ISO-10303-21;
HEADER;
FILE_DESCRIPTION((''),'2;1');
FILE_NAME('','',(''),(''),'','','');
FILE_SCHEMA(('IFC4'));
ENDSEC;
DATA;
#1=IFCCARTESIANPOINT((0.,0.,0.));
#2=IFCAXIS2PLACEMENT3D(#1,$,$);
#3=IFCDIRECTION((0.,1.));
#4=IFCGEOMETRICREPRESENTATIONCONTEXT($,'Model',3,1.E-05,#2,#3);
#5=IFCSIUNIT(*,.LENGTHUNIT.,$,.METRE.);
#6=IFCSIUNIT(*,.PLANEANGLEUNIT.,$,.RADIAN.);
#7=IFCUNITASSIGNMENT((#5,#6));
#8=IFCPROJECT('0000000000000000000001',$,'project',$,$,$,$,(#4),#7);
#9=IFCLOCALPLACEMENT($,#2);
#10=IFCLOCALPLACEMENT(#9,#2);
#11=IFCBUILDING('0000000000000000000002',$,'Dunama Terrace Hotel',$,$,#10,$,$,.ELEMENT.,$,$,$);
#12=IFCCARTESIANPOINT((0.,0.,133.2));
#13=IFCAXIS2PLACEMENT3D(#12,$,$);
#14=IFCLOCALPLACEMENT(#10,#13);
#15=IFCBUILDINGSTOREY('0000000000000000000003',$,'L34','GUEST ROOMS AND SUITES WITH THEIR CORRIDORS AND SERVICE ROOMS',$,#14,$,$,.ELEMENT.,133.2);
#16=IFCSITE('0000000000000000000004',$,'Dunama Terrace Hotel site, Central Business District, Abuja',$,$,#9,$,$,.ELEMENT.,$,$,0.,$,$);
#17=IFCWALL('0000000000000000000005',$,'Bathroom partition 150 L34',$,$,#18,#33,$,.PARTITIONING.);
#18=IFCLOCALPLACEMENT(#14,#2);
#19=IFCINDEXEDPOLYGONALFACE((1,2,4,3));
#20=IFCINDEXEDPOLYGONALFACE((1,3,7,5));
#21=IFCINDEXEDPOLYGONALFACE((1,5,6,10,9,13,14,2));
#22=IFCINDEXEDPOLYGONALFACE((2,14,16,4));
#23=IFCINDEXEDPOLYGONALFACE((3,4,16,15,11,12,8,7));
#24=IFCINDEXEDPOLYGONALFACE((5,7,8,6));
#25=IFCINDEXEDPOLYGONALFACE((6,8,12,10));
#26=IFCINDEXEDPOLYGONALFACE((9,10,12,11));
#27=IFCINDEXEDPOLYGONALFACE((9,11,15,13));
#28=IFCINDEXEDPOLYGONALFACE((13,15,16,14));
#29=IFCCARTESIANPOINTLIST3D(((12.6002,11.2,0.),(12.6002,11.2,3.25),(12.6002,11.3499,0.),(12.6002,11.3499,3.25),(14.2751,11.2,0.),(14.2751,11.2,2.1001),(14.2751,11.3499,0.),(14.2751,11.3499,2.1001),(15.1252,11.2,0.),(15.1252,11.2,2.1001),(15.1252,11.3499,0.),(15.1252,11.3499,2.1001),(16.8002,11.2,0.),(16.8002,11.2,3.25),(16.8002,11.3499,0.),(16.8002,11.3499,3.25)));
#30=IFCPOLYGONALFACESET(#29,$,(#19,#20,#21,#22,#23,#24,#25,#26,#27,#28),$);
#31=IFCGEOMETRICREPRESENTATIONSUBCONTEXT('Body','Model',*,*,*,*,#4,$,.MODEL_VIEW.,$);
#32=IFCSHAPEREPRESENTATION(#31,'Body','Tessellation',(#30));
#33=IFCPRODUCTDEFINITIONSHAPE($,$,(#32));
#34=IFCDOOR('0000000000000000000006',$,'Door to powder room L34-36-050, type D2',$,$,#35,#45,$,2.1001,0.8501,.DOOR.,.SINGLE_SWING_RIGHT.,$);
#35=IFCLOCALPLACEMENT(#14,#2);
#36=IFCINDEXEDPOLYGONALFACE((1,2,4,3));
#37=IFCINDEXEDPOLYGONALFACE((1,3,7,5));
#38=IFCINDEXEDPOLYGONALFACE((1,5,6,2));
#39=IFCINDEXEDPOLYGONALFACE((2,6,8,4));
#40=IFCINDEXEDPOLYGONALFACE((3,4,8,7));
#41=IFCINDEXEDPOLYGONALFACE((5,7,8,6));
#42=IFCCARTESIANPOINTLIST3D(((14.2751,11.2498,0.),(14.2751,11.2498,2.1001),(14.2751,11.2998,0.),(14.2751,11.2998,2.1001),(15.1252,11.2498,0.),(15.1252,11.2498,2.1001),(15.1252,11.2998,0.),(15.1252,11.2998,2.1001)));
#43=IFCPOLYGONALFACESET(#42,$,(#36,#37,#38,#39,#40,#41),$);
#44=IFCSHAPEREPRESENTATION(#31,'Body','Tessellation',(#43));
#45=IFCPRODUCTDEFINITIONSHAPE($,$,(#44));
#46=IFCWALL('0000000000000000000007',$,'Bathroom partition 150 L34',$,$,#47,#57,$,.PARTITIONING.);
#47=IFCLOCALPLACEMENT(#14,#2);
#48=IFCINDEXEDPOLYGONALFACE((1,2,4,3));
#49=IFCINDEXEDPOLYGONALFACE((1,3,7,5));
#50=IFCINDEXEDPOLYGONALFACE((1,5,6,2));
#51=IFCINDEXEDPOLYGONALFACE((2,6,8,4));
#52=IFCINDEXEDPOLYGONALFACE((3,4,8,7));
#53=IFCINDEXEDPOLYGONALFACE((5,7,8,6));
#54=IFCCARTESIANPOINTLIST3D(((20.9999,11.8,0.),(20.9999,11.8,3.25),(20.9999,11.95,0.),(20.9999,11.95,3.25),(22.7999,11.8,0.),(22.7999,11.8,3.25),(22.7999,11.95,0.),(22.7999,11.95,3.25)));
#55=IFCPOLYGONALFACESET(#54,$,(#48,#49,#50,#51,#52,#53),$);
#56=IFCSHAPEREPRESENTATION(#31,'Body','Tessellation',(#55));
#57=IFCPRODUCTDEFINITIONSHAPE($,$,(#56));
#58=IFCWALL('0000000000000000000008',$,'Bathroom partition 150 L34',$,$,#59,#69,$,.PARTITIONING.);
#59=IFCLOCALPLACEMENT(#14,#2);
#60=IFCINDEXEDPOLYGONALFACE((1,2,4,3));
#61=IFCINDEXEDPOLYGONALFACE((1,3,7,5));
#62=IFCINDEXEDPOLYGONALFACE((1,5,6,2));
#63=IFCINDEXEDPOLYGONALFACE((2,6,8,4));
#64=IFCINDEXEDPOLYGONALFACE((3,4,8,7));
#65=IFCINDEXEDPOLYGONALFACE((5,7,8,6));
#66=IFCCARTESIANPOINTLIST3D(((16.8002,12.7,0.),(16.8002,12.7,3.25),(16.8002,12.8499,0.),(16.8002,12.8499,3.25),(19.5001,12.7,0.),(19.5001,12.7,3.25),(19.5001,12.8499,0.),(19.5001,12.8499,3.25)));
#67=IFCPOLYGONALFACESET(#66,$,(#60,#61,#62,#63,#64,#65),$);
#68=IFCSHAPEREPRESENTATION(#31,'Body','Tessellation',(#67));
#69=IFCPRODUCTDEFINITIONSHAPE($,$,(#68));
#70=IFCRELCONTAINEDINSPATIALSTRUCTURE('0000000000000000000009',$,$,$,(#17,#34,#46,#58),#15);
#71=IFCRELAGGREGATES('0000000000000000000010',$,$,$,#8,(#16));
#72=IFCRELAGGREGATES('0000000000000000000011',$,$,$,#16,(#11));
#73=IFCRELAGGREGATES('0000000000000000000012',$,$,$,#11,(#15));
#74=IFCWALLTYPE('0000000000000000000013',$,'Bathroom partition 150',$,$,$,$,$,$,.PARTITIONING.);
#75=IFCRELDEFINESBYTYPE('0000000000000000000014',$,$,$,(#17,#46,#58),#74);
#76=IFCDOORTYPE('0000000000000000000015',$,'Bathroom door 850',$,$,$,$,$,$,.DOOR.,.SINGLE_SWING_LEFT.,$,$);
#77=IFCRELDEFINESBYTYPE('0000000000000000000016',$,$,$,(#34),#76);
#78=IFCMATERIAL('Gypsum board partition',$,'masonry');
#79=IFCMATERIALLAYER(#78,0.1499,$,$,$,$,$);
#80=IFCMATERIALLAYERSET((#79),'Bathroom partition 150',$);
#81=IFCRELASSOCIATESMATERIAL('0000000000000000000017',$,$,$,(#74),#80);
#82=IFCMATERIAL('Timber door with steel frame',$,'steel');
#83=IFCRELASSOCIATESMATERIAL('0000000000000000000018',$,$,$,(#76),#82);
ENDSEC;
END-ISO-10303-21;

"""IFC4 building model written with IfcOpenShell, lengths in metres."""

from ifc_helpers import new_model, si_unit, direction, frame, frame_2d, origin, place, context, subcontext, project, spatial, rectangle, extrude, material, layer, layer_set, type_object, element, fill, save


model = new_model("IFC4")

# Units and contexts
model_context = context("Model", 3, precision=1e-05, world=origin(), true_north=direction((0.0, 1.0)))
body_context = subcontext(model_context, "Body", "Model", "MODEL_VIEW")
ifc_project = project(units=[si_unit("LENGTHUNIT", "METRE"), si_unit("PLANEANGLEUNIT", "RADIAN")], contexts=[model_context])

# Site, building, storey
site_placement = place(None, origin())
site = spatial("IfcSite", under=ifc_project, at=site_placement, Name="Dunama Terrace Hotel site, Central Business District, Abuja", CompositionType="ELEMENT", RefElevation=0.0)
building_placement = place(site_placement, origin())
building = spatial("IfcBuilding", under=site, at=building_placement, Name="Dunama Terrace Hotel", CompositionType="ELEMENT")
storey_placement = place(building_placement, frame((0.0, 0.0, 133.2)))
storey = spatial("IfcBuildingStorey", under=building, at=storey_placement, Name="L34", Description="GUEST ROOMS AND SUITES WITH THEIR CORRIDORS AND SERVICE ROOMS", CompositionType="ELEMENT", Elevation=133.2)

# Shared definitions
ifc_material_1 = material(Name="Gypsum board partition", Category="masonry")
ifc_layer = layer(ifc_material_1, 0.1499)
ifc_layer_set = layer_set([ifc_layer], Name="Bathroom partition 150")
wall_type = type_object("IfcWallType", Name="Bathroom partition 150", PredefinedType="PARTITIONING", material=ifc_layer_set)

# Shared definitions
ifc_material_2 = material(Name="Timber door with steel frame", Category="steel")
door_type_1 = type_object("IfcDoorType", Name="Bathroom door 850", OperationType="SINGLE_SWING_LEFT", PredefinedType="DOOR", material=ifc_material_2)

# Wall, opening, door
wall_1_placement = place(storey_placement, frame((12.6001, 11.2749, 0.0), z_axis=(0.0, 0.0, 1.0), x_axis=(1.0, 0.0, 0.0)))
wall_1 = element("IfcWall", 1, at=wall_1_placement, inside=storey, type_object=wall_type, Name="Bathroom partition 150 L34", PredefinedType="PARTITIONING", context=body_context, shape_type="SweptSolid", body=[
    extrude(rectangle(XDim=4.2, YDim=0.1499, at=frame_2d((2.1001, 0.0))), origin(), (0.0, 0.0, 1.0), 3.25),
])
opening_1_placement = place(wall_1_placement, frame((1.675, 0.0, 0.0)))
opening_1 = element("IfcOpeningElement", 2, at=opening_1_placement, cuts=wall_1, PredefinedType="OPENING", context=body_context, shape_type="SweptSolid", body=[
    extrude(rectangle(XDim=0.8501, YDim=2.1001, at=frame_2d((0.425, 1.05))), frame((0.0, 0.085, 0.0), z_axis=(0.0, -1.0, 0.0), x_axis=(1.0, 0.0, 0.0)), (0.0, 0.0, 1.0), 0.1699),
])
door_1_placement = place(opening_1_placement, origin())
door_1 = element("IfcDoor", 3, at=door_1_placement, inside=storey, type_object=door_type_1, Name="Door to powder room L34-36-050, type D2", OperationType="SINGLE_SWING_RIGHT", OverallHeight=2.1001, OverallWidth=0.8501, PredefinedType="DOOR", context=body_context, shape_type="SweptSolid", body=[
    extrude(rectangle(XDim=0.8501, YDim=2.1001, at=frame_2d((0.425, 1.05))), frame((0.0, 0.0249, 0.0), z_axis=(0.0, -1.0, 0.0), x_axis=(1.0, 0.0, 0.0)), (0.0, 0.0, 1.0), 0.05),
])
fill(opening_1, door_1)

# Walls
wall_2_placement = place(storey_placement, frame((21.0, 11.875, 0.0), z_axis=(0.0, 0.0, 1.0), x_axis=(1.0, 0.0, 0.0)))
element("IfcWall", 4, at=wall_2_placement, inside=storey, type_object=wall_type, Name="Bathroom partition 150 L34", PredefinedType="PARTITIONING", context=body_context, shape_type="SweptSolid", body=[
    extrude(rectangle(XDim=1.8, YDim=0.1499, at=frame_2d((0.8999, 0.0))), origin(), (0.0, 0.0, 1.0), 3.25),
])
wall_3_placement = place(storey_placement, frame((16.8, 12.7749, 0.0), z_axis=(0.0, 0.0, 1.0), x_axis=(1.0, 0.0, 0.0)))
element("IfcWall", 5, at=wall_3_placement, inside=storey, type_object=wall_type, Name="Bathroom partition 150 L34", PredefinedType="PARTITIONING", context=body_context, shape_type="SweptSolid", body=[
    extrude(rectangle(XDim=2.7, YDim=0.1499, at=frame_2d((1.3501, 0.0))), origin(), (0.0, 0.0, 1.0), 3.25),
])

save(model, "model.ifc")
